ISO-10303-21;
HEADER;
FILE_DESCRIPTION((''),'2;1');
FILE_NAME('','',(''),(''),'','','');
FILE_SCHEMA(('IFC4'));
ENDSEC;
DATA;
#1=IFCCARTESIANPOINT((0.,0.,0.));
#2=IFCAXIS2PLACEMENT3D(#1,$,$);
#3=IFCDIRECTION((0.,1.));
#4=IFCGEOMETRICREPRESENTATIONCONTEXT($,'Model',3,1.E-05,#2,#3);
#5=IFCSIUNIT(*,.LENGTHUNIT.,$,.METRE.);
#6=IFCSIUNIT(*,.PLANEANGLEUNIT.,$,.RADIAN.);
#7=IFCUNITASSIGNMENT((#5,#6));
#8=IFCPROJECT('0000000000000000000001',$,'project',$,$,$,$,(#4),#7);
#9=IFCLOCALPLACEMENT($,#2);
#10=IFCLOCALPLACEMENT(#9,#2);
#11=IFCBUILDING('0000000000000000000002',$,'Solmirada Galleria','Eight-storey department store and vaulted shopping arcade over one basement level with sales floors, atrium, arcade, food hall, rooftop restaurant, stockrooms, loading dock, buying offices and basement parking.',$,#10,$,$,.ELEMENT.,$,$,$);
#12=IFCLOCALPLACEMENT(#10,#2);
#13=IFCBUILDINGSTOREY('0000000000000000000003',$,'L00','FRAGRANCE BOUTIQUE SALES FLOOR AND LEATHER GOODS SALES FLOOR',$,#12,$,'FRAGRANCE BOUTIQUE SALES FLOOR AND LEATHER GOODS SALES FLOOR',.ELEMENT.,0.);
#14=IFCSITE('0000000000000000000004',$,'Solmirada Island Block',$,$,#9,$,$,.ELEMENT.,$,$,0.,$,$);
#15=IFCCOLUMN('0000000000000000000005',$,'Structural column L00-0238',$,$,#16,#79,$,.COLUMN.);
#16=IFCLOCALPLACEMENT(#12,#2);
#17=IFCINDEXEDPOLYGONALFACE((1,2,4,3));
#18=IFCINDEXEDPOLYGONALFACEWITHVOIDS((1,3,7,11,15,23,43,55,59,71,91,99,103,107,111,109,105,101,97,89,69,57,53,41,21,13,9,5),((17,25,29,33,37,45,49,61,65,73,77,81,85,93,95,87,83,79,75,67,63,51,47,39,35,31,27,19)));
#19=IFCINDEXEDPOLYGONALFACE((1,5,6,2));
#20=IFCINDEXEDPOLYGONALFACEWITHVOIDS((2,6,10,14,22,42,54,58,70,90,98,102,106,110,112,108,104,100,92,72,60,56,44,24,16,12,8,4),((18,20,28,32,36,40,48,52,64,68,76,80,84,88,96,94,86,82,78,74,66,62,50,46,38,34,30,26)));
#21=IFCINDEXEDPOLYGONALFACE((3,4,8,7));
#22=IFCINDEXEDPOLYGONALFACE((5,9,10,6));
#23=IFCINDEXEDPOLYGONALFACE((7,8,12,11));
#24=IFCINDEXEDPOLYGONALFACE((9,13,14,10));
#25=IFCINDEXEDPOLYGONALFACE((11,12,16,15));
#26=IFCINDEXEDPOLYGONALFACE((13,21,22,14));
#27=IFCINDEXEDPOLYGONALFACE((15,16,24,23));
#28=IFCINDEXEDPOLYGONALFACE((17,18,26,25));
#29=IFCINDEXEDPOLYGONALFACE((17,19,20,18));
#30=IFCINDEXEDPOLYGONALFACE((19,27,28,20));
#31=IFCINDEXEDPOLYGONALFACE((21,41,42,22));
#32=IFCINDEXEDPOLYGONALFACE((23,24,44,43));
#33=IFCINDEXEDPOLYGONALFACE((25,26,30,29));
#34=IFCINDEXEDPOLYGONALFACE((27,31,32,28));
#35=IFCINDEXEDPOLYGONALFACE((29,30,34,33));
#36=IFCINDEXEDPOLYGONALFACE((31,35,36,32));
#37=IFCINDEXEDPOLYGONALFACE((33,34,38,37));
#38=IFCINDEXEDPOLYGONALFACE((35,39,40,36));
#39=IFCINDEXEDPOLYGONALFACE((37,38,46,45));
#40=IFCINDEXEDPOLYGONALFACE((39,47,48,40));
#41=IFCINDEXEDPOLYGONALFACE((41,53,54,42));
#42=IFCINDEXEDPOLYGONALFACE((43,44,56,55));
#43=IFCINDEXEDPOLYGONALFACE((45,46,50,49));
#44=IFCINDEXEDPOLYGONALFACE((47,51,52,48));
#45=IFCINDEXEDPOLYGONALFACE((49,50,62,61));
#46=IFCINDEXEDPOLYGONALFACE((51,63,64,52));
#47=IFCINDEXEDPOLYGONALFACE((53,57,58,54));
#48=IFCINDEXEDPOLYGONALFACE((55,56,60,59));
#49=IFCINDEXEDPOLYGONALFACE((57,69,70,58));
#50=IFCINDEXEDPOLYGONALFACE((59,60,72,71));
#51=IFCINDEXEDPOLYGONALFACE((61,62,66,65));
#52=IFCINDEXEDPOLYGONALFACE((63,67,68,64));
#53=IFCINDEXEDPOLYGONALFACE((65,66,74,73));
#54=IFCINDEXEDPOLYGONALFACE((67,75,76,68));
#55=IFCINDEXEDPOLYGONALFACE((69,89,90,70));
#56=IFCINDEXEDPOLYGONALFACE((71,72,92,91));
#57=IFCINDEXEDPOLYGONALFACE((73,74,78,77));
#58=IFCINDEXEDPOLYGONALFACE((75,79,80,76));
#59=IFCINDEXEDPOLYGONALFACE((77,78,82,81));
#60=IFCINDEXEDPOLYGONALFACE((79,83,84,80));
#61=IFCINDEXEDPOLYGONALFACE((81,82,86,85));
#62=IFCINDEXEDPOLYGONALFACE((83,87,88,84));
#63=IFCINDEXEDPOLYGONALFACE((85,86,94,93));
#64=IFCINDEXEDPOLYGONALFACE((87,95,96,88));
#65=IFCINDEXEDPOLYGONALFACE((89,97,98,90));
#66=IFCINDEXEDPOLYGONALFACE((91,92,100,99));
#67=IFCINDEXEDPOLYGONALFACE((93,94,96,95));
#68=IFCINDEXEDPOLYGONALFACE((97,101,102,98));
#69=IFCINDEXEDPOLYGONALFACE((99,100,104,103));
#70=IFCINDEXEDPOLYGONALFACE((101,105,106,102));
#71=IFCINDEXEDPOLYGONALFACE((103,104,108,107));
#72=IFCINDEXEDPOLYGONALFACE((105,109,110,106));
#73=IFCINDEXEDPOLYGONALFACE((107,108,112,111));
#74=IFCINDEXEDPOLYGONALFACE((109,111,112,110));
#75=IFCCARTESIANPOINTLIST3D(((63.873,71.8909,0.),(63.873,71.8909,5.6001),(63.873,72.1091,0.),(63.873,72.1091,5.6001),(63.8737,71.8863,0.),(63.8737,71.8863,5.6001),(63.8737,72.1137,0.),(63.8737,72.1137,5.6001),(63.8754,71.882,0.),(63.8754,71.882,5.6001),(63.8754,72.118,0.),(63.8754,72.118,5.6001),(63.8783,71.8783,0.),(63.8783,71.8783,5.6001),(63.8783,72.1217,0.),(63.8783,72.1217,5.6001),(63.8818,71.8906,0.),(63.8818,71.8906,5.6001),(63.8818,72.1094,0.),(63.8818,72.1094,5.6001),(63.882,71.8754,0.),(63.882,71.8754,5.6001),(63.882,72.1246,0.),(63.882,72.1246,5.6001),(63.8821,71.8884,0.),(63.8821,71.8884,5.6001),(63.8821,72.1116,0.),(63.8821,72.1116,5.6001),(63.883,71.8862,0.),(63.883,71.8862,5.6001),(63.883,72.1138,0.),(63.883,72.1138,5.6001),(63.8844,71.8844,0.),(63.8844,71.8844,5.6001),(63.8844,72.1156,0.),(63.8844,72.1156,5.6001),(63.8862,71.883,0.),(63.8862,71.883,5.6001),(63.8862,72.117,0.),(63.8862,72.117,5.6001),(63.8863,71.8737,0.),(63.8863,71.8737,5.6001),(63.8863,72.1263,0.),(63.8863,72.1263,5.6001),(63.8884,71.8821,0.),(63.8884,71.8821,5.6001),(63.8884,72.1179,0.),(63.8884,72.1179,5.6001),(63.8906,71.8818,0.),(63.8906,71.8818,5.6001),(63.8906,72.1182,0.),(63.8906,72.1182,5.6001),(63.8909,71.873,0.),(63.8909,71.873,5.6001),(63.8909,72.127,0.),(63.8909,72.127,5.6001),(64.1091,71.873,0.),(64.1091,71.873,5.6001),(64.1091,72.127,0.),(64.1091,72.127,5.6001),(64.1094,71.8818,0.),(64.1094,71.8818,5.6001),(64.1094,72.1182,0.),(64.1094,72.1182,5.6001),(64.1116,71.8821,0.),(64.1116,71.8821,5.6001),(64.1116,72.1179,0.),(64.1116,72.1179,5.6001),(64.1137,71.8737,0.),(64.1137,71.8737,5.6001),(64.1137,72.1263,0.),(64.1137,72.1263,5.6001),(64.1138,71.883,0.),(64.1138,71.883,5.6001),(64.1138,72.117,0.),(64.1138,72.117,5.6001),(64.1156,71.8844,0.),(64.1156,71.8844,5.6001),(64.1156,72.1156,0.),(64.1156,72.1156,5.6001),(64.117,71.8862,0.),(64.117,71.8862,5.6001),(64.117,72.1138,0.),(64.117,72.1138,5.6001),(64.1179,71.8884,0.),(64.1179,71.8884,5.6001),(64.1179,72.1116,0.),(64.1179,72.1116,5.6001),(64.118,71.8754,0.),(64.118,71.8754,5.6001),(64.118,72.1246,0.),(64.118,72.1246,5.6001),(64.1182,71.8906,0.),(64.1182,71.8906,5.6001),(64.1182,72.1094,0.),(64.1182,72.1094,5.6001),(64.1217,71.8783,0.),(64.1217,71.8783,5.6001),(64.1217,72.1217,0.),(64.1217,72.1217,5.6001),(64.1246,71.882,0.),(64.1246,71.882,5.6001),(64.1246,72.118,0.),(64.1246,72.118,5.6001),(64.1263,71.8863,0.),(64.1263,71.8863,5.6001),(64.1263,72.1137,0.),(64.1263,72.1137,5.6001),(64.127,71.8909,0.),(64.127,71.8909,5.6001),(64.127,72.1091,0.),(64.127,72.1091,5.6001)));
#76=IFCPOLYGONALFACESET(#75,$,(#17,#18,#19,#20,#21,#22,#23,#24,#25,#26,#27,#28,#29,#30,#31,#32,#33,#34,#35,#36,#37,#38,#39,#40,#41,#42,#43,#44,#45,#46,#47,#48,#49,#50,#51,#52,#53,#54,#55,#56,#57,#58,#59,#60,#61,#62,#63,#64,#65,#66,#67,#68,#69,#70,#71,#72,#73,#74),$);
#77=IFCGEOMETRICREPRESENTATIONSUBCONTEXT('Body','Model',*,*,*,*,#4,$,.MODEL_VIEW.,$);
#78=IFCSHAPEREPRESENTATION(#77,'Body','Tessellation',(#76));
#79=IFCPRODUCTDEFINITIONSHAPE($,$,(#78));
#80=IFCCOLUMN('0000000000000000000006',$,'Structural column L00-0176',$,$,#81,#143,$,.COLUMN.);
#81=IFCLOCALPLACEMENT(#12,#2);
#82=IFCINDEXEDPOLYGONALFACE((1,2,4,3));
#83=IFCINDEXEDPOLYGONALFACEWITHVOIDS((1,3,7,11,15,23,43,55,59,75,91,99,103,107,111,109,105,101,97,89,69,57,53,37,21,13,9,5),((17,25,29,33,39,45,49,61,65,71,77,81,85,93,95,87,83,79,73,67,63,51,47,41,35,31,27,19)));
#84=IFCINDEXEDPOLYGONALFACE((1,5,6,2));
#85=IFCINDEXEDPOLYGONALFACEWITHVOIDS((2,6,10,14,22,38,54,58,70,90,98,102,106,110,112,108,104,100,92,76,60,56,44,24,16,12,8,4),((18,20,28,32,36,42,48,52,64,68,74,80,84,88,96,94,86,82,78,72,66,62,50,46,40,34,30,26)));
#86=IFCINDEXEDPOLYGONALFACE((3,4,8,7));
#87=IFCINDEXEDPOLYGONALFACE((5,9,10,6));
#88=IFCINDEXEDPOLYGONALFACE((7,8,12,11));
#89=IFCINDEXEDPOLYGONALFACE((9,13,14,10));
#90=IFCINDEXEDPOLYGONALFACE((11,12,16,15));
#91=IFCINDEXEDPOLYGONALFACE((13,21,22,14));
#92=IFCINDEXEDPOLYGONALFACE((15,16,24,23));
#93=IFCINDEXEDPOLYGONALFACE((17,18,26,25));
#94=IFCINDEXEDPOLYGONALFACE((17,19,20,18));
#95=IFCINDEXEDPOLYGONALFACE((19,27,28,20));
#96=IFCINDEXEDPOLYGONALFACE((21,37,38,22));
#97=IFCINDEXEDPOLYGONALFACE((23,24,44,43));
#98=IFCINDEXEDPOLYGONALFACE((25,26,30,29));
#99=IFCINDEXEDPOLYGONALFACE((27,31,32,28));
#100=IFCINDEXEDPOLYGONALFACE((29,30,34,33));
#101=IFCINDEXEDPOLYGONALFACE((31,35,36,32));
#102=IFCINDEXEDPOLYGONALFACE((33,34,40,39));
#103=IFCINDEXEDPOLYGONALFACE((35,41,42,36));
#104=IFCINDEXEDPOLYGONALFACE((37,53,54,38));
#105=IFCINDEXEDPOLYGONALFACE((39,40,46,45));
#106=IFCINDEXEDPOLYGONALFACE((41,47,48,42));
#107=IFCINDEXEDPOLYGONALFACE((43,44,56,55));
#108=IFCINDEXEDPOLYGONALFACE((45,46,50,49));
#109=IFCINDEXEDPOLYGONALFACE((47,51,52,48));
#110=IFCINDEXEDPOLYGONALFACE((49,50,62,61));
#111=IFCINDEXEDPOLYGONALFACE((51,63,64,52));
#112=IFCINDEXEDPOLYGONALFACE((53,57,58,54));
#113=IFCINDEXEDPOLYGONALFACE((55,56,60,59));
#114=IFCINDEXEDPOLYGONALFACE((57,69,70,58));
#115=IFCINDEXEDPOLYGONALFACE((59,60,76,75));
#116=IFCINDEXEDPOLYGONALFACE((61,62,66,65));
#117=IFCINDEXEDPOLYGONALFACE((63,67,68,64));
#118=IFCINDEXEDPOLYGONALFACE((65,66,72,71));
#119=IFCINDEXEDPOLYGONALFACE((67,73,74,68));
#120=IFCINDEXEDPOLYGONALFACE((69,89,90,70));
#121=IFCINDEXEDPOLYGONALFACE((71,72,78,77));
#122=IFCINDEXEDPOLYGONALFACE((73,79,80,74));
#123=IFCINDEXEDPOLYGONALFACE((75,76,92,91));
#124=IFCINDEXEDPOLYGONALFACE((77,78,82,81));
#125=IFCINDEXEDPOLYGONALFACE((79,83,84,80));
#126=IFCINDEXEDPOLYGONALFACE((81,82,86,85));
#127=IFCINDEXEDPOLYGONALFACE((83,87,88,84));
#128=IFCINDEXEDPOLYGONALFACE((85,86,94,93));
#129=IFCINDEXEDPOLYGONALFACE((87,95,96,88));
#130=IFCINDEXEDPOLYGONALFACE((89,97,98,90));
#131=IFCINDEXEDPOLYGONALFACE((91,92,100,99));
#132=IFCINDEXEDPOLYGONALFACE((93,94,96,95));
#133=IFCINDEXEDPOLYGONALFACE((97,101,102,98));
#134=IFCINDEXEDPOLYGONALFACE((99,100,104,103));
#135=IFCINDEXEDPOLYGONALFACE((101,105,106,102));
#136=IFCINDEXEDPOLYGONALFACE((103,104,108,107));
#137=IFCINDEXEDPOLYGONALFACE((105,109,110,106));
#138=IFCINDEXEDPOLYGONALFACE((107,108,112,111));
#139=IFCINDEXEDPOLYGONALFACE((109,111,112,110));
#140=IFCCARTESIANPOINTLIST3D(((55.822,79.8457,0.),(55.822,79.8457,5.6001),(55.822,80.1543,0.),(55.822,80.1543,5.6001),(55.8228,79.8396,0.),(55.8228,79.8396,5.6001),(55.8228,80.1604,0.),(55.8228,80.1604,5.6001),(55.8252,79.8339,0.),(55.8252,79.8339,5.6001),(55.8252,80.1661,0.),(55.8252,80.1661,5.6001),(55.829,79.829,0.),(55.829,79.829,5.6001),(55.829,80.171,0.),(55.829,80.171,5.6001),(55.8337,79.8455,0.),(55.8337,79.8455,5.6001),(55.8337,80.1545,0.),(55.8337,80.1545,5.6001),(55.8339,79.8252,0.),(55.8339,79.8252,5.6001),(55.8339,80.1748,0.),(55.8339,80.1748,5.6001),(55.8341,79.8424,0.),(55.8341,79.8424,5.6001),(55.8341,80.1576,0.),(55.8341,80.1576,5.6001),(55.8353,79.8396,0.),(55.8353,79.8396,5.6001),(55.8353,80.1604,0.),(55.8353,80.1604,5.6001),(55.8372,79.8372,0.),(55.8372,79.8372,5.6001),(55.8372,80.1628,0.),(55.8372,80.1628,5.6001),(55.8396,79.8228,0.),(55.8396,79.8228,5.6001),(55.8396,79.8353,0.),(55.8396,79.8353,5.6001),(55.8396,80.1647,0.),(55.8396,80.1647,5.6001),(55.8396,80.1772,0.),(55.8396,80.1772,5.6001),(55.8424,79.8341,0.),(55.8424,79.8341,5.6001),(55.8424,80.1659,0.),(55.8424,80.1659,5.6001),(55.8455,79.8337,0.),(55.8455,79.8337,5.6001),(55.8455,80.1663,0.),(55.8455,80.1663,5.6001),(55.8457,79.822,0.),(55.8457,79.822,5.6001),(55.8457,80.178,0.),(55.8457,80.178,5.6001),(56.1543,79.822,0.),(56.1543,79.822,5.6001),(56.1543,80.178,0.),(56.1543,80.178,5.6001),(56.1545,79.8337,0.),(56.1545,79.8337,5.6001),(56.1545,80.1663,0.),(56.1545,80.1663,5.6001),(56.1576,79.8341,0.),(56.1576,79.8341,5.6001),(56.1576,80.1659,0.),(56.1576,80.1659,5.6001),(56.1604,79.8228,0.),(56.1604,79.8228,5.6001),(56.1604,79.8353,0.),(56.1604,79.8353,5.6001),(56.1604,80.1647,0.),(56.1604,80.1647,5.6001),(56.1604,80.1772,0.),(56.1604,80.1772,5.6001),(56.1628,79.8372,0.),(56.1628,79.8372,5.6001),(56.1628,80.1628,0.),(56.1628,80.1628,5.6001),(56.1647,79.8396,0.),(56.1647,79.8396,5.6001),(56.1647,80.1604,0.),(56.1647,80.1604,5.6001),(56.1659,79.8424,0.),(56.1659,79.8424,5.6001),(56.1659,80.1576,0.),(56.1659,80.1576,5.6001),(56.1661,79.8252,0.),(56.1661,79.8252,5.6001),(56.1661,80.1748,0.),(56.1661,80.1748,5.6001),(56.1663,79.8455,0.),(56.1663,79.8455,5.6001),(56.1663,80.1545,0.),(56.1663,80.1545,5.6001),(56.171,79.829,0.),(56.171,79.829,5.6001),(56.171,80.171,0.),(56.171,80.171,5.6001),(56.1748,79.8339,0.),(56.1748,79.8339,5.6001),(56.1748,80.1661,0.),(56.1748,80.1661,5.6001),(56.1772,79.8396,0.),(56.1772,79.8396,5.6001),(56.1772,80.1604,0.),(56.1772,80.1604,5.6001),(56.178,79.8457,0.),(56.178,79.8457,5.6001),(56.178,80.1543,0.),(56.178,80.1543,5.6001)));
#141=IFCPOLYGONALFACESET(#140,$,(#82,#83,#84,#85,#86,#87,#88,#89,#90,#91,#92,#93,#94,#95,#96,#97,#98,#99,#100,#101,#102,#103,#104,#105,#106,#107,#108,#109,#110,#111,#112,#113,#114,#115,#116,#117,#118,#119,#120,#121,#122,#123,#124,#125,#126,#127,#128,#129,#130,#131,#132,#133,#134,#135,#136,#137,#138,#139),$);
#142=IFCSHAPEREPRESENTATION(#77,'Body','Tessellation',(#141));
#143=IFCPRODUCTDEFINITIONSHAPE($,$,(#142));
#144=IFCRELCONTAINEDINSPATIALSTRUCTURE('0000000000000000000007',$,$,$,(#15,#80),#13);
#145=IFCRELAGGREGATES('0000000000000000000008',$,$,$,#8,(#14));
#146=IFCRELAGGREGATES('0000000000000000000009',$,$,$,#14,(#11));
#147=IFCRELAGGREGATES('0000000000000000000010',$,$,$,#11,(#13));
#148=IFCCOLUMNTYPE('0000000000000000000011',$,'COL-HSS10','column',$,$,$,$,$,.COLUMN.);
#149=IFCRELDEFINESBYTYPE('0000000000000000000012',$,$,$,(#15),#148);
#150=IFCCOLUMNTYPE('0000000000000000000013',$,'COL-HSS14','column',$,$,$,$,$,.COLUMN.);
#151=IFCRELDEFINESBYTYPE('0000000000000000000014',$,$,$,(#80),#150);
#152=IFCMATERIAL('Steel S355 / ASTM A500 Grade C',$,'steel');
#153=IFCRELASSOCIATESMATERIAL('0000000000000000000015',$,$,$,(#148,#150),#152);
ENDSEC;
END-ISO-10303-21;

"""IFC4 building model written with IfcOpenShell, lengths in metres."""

from ifc_helpers import new_model, si_unit, direction, frame, origin, origin_2d, place, context, subcontext, project, spatial, hollow_rectangle, extrude, material, material_profile, profile_set, type_object, element, save


model = new_model("IFC4")

# Units and contexts
model_context = context("Model", 3, precision=1e-05, world=origin(), true_north=direction((0.0, 1.0)))
body_context = subcontext(model_context, "Body", "Model", "MODEL_VIEW")
ifc_project = project(units=[si_unit("LENGTHUNIT", "METRE"), si_unit("PLANEANGLEUNIT", "RADIAN")], contexts=[model_context])

# Site, building, storey
site_placement = place(None, origin())
site = spatial("IfcSite", under=ifc_project, at=site_placement, Name="Solmirada Island Block", CompositionType="ELEMENT", RefElevation=0.0)
building_placement = place(site_placement, origin())
building = spatial("IfcBuilding", under=site, at=building_placement, Name="Solmirada Galleria", Description="Eight-storey department store and vaulted shopping arcade over one basement level with sales floors, atrium, arcade, food hall, rooftop restaurant, stockrooms, loading dock, buying offices and basement parking.", CompositionType="ELEMENT")
storey_placement = place(building_placement, origin())
storey = spatial("IfcBuildingStorey", under=building, at=storey_placement, Name="L00", Description="FRAGRANCE BOUTIQUE SALES FLOOR AND LEATHER GOODS SALES FLOOR", LongName="FRAGRANCE BOUTIQUE SALES FLOOR AND LEATHER GOODS SALES FLOOR", CompositionType="ELEMENT", Elevation=0.0)

# Columns
ifc_material_1 = material(Name="Steel S355 / ASTM A500 Grade C", Category="steel")
ifc_material_profile_1 = material_profile(ifc_material_1, hollow_rectangle(XDim=0.2539, YDim=0.2539, WallThickness=0.0088, InnerFilletRadius=0.0088, OuterFilletRadius=0.0178, at=origin_2d()), Name="HSS10X10X3/8")
ifc_profile_set_1 = profile_set([ifc_material_profile_1], Name="Steel S355 / ASTM A500 Grade C")
column_type_1 = type_object("IfcColumnType", Name="COL-HSS10", Description="column", PredefinedType="COLUMN", material=ifc_profile_set_1)
column_placement = place(storey_placement, frame((64.0, 72.0, 0.0), z_axis=(0.0, 0.0, 1.0), x_axis=(1.0, 0.0, 0.0)))
element("IfcColumn", 1, at=column_placement, inside=storey, type_object=column_type_1, Name="Structural column L00-0238", PredefinedType="COLUMN", context=body_context, shape_type="SweptSolid", body=[
    extrude(hollow_rectangle(XDim=0.2539, YDim=0.2539, WallThickness=0.0088, InnerFilletRadius=0.0088, OuterFilletRadius=0.0178, at=origin_2d()), origin(), (0.0, 0.0, 1.0), 5.6001),
])
ifc_material_profile_2 = material_profile(ifc_material_1, hollow_rectangle(XDim=0.356, YDim=0.356, WallThickness=0.0117, InnerFilletRadius=0.0117, OuterFilletRadius=0.0237, at=origin_2d()), Name="HSS14X14X1/2")
ifc_profile_set_2 = profile_set([ifc_material_profile_2], Name="Steel S355 / ASTM A500 Grade C")
column_type_2 = type_object("IfcColumnType", Name="COL-HSS14", Description="column", PredefinedType="COLUMN", material=ifc_profile_set_2)
for number, where, z_axis, x_axis, name in (
    (2, (56.0, 80.0, 0.0), (0.0, 0.0, 1.0), (1.0, 0.0, 0.0), "Structural column L00-0176"),
):
    element("IfcColumn", number, at=place(storey_placement, frame(where, z_axis=z_axis, x_axis=x_axis)), inside=storey, type_object=column_type_2, Name=name, PredefinedType="COLUMN", context=body_context, shape_type="SweptSolid", body=[
        extrude(hollow_rectangle(XDim=0.356, YDim=0.356, WallThickness=0.0117, InnerFilletRadius=0.0117, OuterFilletRadius=0.0237, at=origin_2d()), origin(), (0.0, 0.0, 1.0), 5.6001),
    ])

save(model, "model.ifc")
